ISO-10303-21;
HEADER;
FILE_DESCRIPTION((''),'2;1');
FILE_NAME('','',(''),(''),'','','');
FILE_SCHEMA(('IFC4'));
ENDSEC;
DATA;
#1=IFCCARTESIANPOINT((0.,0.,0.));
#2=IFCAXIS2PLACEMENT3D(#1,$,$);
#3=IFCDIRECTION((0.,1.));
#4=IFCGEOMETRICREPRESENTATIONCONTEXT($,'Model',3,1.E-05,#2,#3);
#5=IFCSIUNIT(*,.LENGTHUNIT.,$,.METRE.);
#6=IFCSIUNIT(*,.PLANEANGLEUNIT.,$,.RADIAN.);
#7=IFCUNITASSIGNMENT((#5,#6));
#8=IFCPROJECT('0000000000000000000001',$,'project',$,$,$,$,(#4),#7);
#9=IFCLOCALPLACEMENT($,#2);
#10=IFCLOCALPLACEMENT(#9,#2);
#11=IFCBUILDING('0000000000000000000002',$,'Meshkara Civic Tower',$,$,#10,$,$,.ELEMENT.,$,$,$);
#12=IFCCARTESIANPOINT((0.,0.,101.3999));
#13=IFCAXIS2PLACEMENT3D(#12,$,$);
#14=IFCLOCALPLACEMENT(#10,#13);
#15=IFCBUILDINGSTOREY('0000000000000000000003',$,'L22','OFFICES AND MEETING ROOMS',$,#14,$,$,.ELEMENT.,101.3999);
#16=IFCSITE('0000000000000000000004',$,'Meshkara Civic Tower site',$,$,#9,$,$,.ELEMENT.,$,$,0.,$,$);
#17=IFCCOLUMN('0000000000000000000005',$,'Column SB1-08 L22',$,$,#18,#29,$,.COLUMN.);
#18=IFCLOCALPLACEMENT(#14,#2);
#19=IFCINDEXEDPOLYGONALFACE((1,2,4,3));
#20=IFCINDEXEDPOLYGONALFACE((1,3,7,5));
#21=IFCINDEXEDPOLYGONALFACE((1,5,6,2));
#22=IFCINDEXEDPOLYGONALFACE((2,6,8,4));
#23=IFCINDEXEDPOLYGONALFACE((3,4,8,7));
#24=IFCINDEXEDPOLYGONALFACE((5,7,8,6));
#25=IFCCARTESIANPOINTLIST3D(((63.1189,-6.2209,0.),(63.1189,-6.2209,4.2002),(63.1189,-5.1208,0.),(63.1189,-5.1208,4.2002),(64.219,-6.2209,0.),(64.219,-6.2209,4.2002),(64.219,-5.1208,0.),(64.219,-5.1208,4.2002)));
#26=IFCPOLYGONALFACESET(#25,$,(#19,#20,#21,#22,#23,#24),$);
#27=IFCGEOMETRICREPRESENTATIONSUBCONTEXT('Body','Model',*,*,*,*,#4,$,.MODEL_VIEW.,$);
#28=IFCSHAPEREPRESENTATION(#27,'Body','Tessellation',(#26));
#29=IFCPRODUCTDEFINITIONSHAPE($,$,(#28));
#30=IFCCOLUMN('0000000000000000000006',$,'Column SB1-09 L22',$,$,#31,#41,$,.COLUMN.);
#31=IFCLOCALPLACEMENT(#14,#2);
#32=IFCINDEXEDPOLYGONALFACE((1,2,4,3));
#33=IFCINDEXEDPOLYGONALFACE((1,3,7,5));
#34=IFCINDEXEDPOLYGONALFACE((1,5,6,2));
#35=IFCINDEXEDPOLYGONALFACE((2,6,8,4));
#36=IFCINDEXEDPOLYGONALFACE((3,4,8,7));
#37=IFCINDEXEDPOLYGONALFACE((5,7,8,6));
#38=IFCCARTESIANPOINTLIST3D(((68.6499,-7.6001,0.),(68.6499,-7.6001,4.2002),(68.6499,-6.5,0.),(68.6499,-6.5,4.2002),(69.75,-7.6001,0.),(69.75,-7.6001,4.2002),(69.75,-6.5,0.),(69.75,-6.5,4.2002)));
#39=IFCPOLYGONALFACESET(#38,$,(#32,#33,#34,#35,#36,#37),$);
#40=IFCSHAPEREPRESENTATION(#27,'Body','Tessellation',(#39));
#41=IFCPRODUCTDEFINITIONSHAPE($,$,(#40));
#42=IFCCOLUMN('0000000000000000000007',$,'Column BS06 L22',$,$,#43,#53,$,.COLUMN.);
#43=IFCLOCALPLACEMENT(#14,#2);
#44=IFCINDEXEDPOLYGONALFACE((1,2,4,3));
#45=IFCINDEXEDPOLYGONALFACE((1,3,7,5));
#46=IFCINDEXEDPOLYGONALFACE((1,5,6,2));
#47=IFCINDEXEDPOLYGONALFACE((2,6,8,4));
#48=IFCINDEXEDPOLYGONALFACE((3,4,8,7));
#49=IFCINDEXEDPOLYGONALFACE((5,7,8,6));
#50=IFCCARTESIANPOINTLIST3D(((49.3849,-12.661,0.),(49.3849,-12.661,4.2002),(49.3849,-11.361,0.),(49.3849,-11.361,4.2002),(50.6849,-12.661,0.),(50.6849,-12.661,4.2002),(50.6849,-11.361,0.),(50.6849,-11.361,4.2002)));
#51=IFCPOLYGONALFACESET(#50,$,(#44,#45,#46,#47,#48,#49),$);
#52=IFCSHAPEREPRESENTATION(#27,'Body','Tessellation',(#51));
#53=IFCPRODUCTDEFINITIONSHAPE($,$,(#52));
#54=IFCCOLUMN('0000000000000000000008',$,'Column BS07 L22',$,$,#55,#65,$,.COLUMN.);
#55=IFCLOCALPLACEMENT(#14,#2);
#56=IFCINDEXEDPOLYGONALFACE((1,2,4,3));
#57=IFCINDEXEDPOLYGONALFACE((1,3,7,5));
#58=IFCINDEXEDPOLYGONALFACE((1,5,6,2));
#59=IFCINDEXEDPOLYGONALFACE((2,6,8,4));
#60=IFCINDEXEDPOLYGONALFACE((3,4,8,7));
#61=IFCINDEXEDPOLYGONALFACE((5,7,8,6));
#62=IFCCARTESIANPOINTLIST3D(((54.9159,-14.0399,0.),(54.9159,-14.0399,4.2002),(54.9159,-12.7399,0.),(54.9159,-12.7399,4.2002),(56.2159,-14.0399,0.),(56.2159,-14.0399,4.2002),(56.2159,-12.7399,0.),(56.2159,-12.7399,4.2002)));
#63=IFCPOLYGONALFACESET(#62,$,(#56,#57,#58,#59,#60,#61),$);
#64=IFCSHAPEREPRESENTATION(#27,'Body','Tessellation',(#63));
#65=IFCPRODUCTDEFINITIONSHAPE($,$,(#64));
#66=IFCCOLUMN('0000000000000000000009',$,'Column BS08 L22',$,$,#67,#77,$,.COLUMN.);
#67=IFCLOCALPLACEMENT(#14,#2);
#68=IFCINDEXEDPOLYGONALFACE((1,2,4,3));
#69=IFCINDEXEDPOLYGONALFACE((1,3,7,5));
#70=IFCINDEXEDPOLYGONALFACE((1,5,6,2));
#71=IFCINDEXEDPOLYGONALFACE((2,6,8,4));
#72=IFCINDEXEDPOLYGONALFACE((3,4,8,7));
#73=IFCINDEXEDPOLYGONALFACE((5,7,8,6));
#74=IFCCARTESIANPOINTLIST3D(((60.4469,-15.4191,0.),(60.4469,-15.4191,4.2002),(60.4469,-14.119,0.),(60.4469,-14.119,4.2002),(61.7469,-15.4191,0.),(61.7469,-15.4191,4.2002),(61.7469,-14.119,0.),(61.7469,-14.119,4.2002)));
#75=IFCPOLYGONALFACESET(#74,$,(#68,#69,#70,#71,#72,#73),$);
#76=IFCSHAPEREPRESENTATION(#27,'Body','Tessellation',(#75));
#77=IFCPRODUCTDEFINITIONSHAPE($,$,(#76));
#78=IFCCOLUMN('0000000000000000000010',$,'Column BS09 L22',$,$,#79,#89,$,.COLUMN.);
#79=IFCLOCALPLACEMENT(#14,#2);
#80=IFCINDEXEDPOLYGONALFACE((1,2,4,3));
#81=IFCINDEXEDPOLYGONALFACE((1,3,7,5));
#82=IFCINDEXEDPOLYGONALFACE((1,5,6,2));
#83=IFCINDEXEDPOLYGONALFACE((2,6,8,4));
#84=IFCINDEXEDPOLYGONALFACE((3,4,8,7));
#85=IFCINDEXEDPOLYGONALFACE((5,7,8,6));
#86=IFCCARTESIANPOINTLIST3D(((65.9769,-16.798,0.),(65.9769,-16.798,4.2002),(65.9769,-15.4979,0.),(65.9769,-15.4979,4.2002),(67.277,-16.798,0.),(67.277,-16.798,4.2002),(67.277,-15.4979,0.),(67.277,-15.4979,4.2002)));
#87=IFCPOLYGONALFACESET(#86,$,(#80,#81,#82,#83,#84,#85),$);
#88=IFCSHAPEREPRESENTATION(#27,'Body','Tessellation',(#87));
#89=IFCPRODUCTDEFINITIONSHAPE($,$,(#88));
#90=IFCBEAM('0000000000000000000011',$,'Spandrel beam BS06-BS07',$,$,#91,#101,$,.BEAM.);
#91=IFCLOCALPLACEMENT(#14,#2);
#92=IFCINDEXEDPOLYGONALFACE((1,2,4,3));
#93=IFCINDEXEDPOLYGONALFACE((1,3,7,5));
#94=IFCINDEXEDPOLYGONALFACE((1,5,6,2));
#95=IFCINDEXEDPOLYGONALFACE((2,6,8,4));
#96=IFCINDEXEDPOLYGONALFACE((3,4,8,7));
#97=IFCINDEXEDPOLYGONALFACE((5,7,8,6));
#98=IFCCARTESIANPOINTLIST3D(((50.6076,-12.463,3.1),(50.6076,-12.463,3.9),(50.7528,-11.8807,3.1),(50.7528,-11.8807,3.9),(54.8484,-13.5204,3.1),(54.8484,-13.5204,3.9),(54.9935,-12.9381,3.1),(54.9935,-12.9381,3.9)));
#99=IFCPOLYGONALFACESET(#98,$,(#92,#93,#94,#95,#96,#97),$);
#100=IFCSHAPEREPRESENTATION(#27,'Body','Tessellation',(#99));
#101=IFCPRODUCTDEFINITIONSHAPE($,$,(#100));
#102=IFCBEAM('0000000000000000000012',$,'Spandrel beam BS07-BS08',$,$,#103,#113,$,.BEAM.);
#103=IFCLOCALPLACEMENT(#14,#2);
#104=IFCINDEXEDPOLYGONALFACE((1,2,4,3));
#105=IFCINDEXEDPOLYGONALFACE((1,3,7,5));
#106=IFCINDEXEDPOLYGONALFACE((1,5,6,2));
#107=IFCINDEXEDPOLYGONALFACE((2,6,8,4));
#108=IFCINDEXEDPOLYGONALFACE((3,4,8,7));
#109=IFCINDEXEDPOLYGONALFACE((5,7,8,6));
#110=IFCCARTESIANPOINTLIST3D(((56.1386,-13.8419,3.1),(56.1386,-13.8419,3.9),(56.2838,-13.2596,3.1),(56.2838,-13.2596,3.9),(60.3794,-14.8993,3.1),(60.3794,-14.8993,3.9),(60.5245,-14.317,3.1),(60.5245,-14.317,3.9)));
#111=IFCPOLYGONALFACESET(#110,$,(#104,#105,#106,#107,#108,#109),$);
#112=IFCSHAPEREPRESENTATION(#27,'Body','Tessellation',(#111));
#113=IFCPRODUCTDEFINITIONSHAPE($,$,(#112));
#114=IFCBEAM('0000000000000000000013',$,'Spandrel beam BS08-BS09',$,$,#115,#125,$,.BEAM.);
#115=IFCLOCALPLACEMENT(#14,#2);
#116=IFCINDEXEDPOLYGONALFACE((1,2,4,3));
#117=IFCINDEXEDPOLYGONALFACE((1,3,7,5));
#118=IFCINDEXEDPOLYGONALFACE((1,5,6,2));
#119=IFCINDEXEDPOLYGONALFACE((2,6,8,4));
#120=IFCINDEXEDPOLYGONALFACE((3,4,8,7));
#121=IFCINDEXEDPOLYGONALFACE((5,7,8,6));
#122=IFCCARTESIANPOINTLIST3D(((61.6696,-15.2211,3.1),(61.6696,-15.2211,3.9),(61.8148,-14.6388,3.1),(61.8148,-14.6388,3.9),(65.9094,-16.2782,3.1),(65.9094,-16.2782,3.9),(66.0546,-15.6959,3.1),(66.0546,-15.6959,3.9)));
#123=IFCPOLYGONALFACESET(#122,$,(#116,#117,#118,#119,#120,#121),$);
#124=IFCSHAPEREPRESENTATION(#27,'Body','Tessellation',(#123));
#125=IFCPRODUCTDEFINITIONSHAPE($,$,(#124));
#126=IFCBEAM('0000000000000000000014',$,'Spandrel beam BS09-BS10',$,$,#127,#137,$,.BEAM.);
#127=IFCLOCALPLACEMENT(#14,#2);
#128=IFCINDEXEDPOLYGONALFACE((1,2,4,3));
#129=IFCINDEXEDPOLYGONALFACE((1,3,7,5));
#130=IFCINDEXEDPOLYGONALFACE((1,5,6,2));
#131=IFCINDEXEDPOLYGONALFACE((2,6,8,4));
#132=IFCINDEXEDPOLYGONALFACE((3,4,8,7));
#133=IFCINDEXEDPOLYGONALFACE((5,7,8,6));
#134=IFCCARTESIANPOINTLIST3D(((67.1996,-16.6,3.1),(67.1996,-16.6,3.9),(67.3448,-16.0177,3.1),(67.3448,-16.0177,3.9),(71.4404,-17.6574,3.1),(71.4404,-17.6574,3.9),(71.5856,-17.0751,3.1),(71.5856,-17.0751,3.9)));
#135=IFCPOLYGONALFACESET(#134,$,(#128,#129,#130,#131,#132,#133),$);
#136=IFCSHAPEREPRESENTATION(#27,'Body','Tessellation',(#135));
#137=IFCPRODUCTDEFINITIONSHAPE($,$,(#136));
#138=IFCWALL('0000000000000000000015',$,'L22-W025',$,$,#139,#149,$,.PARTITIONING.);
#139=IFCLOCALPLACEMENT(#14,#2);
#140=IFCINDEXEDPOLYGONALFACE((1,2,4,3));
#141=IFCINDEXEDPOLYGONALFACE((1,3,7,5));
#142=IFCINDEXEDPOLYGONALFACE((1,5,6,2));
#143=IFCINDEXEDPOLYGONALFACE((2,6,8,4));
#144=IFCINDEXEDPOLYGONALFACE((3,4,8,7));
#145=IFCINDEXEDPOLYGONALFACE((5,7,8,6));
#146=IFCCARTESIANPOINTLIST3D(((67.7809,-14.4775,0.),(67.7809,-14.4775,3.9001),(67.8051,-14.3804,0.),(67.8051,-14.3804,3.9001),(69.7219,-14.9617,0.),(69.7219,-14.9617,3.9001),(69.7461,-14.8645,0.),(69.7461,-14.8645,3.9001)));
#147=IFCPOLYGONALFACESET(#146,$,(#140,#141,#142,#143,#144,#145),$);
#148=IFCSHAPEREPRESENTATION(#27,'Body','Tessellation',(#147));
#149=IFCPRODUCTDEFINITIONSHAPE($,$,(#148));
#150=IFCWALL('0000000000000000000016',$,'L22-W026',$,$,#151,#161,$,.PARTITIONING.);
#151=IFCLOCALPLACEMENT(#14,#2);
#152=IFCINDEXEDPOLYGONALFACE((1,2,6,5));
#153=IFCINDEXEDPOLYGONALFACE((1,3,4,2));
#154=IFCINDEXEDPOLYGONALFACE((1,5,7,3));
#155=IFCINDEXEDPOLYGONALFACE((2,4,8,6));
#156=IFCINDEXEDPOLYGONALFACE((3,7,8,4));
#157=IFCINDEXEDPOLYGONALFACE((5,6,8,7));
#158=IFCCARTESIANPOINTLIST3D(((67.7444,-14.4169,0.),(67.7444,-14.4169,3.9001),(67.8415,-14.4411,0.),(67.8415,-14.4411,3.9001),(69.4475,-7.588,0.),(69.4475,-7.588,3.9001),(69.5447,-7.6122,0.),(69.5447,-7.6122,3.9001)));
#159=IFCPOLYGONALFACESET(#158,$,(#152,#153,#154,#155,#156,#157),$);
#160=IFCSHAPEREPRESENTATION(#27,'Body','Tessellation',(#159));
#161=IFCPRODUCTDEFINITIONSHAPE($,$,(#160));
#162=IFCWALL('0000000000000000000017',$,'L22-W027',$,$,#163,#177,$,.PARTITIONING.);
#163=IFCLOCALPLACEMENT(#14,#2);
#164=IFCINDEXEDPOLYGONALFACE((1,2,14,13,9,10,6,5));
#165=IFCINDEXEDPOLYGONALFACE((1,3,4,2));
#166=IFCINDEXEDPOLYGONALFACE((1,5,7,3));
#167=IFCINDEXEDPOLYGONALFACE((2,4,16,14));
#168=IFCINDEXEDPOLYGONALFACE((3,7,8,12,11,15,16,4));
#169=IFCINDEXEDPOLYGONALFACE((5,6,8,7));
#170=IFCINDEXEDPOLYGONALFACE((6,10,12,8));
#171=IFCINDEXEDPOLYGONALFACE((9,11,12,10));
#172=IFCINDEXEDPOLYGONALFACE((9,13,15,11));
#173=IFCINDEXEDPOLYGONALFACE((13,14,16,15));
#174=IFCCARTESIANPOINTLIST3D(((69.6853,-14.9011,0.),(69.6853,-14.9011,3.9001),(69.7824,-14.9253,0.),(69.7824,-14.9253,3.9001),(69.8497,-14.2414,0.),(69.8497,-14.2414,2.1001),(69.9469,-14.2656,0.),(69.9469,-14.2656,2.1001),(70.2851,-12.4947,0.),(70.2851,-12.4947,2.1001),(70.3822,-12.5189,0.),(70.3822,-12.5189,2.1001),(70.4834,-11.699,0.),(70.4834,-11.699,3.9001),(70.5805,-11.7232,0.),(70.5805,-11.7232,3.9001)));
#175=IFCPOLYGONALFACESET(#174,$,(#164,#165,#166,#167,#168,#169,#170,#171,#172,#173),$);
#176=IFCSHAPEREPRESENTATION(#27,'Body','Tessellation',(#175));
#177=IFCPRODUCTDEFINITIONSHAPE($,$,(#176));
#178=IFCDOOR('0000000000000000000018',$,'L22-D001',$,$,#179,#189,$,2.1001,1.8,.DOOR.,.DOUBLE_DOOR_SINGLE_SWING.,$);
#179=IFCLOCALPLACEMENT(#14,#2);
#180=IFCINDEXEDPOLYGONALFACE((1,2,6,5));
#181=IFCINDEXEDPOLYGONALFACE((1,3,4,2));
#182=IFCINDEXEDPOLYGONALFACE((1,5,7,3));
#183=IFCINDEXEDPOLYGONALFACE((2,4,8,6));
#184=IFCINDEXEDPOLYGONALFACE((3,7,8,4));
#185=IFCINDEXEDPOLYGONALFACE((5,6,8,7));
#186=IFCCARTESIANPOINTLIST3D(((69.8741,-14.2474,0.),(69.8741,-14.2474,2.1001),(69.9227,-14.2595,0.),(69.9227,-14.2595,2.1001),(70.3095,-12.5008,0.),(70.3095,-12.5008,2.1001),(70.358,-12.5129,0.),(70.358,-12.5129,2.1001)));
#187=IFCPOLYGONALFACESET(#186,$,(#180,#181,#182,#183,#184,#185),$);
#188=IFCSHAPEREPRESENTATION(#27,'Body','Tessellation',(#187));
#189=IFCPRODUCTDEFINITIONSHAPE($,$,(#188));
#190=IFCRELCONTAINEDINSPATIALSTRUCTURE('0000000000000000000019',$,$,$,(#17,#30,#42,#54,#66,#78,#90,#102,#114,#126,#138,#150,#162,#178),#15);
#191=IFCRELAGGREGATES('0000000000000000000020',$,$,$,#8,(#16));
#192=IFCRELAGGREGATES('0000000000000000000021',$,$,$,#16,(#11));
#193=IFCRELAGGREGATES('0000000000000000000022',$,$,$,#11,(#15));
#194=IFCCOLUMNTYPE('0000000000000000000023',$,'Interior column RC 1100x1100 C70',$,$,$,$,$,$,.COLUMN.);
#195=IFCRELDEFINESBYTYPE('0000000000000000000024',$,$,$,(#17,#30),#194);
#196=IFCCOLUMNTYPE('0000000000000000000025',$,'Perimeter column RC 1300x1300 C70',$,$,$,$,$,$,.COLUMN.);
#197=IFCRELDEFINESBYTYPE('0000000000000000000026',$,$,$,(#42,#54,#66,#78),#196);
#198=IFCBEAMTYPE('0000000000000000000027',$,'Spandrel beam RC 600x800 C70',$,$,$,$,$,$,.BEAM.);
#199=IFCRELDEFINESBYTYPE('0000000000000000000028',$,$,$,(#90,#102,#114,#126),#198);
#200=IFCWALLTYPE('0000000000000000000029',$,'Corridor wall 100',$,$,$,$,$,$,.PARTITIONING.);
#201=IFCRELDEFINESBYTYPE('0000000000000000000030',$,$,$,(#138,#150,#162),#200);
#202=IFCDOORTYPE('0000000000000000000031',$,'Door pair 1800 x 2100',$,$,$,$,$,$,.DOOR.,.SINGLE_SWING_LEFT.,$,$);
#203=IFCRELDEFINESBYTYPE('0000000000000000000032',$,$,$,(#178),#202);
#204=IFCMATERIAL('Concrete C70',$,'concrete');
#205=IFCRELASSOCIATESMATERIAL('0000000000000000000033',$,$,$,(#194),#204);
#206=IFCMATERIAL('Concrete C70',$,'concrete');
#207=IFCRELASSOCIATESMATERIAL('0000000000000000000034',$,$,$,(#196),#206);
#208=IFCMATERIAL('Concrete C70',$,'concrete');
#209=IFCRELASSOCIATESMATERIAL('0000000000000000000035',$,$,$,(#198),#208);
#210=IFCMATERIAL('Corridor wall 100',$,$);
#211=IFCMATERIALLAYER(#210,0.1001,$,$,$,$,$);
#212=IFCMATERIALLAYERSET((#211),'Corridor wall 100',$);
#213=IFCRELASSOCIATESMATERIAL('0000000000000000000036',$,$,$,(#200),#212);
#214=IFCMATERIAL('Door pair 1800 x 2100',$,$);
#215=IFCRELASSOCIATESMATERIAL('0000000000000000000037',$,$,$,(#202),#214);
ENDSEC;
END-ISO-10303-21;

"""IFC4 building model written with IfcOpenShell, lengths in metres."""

from ifc_helpers import new_model, si_unit, direction, frame, frame_2d, origin, origin_2d, place, context, subcontext, project, spatial, rectangle, extrude, material, layer, layer_set, material_profile, profile_set, type_object, element, fill, save


model = new_model("IFC4")

# Units and contexts
model_context = context("Model", 3, precision=1e-05, world=origin(), true_north=direction((0.0, 1.0)))
body_context = subcontext(model_context, "Body", "Model", "MODEL_VIEW")
ifc_project = project(units=[si_unit("LENGTHUNIT", "METRE"), si_unit("PLANEANGLEUNIT", "RADIAN")], contexts=[model_context])

# Site, building, storey
site_placement = place(None, origin())
site = spatial("IfcSite", under=ifc_project, at=site_placement, Name="Meshkara Civic Tower site", CompositionType="ELEMENT", RefElevation=0.0)
building_placement = place(site_placement, origin())
building = spatial("IfcBuilding", under=site, at=building_placement, Name="Meshkara Civic Tower", CompositionType="ELEMENT")
storey_placement = place(building_placement, frame((0.0, 0.0, 101.3999)))
storey = spatial("IfcBuildingStorey", under=building, at=storey_placement, Name="L22", Description="OFFICES AND MEETING ROOMS", CompositionType="ELEMENT", Elevation=101.3999)

# Columns
ifc_material_1 = material(Name="Concrete C70", Category="concrete")
ifc_material_profile_1 = material_profile(ifc_material_1, rectangle(XDim=1.1001, YDim=1.1001, at=origin_2d()))
ifc_profile_set_1 = profile_set([ifc_material_profile_1], Name="Concrete C70")
column_type_1 = type_object("IfcColumnType", Name="Interior column RC 1100x1100 C70", PredefinedType="COLUMN", material=ifc_profile_set_1)
for number, where, z_axis, x_axis, name in (
    (1, (63.6689, -5.6709, 0.0), (0.0, 0.0, 1.0), (1.0, 0.0, 0.0), "Column SB1-08 L22"),
    (2, (69.2, -7.05, 0.0), (0.0, 0.0, 1.0), (1.0, 0.0, 0.0), "Column SB1-09 L22"),
):
    element("IfcColumn", number, at=place(storey_placement, frame(where, z_axis=z_axis, x_axis=x_axis)), inside=storey, type_object=column_type_1, Name=name, PredefinedType="COLUMN", context=body_context, shape_type="SweptSolid", body=[
        extrude(rectangle(XDim=1.1001, YDim=1.1001, at=origin_2d()), origin(), (0.0, 0.0, 1.0), 4.2002),
    ])
ifc_material_2 = material(Name="Concrete C70", Category="concrete")
ifc_material_profile_2 = material_profile(ifc_material_2, rectangle(XDim=1.3, YDim=1.3, at=origin_2d()))
ifc_profile_set_2 = profile_set([ifc_material_profile_2], Name="Concrete C70")
column_type_2 = type_object("IfcColumnType", Name="Perimeter column RC 1300x1300 C70", PredefinedType="COLUMN", material=ifc_profile_set_2)
for number, where, z_axis, x_axis, name in (
    (3, (50.0349, -12.011, 0.0), (0.0, 0.0, 1.0), (1.0, 0.0, 0.0), "Column BS06 L22"),
    (4, (55.5659, -13.3899, 0.0), (0.0, 0.0, 1.0), (1.0, 0.0, 0.0), "Column BS07 L22"),
    (5, (61.0969, -14.769, 0.0), (0.0, 0.0, 1.0), (1.0, 0.0, 0.0), "Column BS08 L22"),
    (6, (66.627, -16.1479, 0.0), (0.0, 0.0, 1.0), (1.0, 0.0, 0.0), "Column BS09 L22"),
):
    element("IfcColumn", number, at=place(storey_placement, frame(where, z_axis=z_axis, x_axis=x_axis)), inside=storey, type_object=column_type_2, Name=name, PredefinedType="COLUMN", context=body_context, shape_type="SweptSolid", body=[
        extrude(rectangle(XDim=1.3, YDim=1.3, at=origin_2d()), origin(), (0.0, 0.0, 1.0), 4.2002),
    ])

# Beams
ifc_material_3 = material(Name="Concrete C70", Category="concrete")
ifc_material_profile_3 = material_profile(ifc_material_3, rectangle(XDim=0.6001, YDim=0.8, at=origin_2d()))
ifc_profile_set_3 = profile_set([ifc_material_profile_3], Name="Concrete C70")
beam_type = type_object("IfcBeamType", Name="Spandrel beam RC 600x800 C70", PredefinedType="BEAM", material=ifc_profile_set_3)
for number, where, z_axis, x_axis, name in (
    (7, (50.6802, -12.1719, 3.5), (0.970293, -0.241931, 0.0), (0.241931, 0.970293, 0.0), "Spandrel beam BS06-BS07"),
    (8, (56.2112, -13.5508, 3.5), (0.970293, -0.241931, 0.0), (0.241931, 0.970293, 0.0), "Spandrel beam BS07-BS08"),
):
    element("IfcBeam", number, at=place(storey_placement, frame(where, z_axis=z_axis, x_axis=x_axis)), inside=storey, type_object=beam_type, Name=name, PredefinedType="BEAM", context=body_context, shape_type="SweptSolid", body=[
        extrude(rectangle(XDim=0.6001, YDim=0.8, at=origin_2d()), origin(), (0.0, 0.0, 1.0), 4.3706),
    ])
beam_1_placement = place(storey_placement, frame((61.7422, -14.9299, 3.5), z_axis=(0.970293, -0.241931, 0.0), x_axis=(0.241931, 0.970293, 0.0)))
element("IfcBeam", 9, at=beam_1_placement, inside=storey, type_object=beam_type, Name="Spandrel beam BS08-BS09", PredefinedType="BEAM", context=body_context, shape_type="SweptSolid", body=[
    extrude(rectangle(XDim=0.6001, YDim=0.8, at=origin_2d()), origin(), (0.0, 0.0, 1.0), 4.3696),
])
beam_2_placement = place(storey_placement, frame((67.2722, -16.3088, 3.5), z_axis=(0.970293, -0.241931, 0.0), x_axis=(0.241931, 0.970293, 0.0)))
element("IfcBeam", 10, at=beam_2_placement, inside=storey, type_object=beam_type, Name="Spandrel beam BS09-BS10", PredefinedType="BEAM", context=body_context, shape_type="SweptSolid", body=[
    extrude(rectangle(XDim=0.6001, YDim=0.8, at=origin_2d()), origin(), (0.0, 0.0, 1.0), 4.3706),
])

# Walls
ifc_material_4 = material(Name="Corridor wall 100")
ifc_layer_1 = layer(ifc_material_4, 0.1001)
ifc_layer_set_1 = layer_set([ifc_layer_1], Name="Corridor wall 100")
wall_type_1 = type_object("IfcWallType", Name="Corridor wall 100", PredefinedType="PARTITIONING", material=ifc_layer_set_1)
wall_1_placement = place(storey_placement, frame((67.793, -14.429, 0.0), z_axis=(0.0, 0.0, 1.0), x_axis=(0.970272, -0.242019, 0.0)))
element("IfcWall", 11, at=wall_1_placement, inside=storey, type_object=wall_type_1, Name="L22-W025", PredefinedType="PARTITIONING", context=body_context, shape_type="SweptSolid", body=[
    extrude(rectangle(XDim=2.0005, YDim=0.1001, at=frame_2d((1.0002, 0.0))), origin(), (0.0, 0.0, 1.0), 3.9001),
])
wall_2_placement = place(storey_placement, frame((69.4961, -7.6001, 0.0), z_axis=(0.0, 0.0, 1.0), x_axis=(-0.241989, -0.970279, 0.0)))
element("IfcWall", 12, at=wall_2_placement, inside=storey, type_object=wall_type_1, Name="L22-W026", PredefinedType="PARTITIONING", context=body_context, shape_type="SweptSolid", body=[
    extrude(rectangle(XDim=7.0381, YDim=0.1001, at=frame_2d((3.519, 0.0))), origin(), (0.0, 0.0, 1.0), 3.9001),
])

# Wall, opening, door
wall_3_placement = place(storey_placement, frame((69.7339, -14.9131, 0.0), z_axis=(0.0, 0.0, 1.0), x_axis=(0.241839, 0.970316, 0.0)))
wall_3 = element("IfcWall", 13, at=wall_3_placement, inside=storey, type_object=wall_type_1, Name="L22-W027", PredefinedType="PARTITIONING", context=body_context, shape_type="SweptSolid", body=[
    extrude(rectangle(XDim=3.3, YDim=0.1001, at=frame_2d((1.6499, 0.0))), origin(), (0.0, 0.0, 1.0), 3.9001),
])
opening_1_placement = place(wall_3_placement, frame((0.6799, 0.0, 0.0)))
opening_1 = element("IfcOpeningElement", 14, at=opening_1_placement, cuts=wall_3, PredefinedType="OPENING", context=body_context, shape_type="SweptSolid", body=[
    extrude(rectangle(XDim=1.8, YDim=2.1001, at=frame_2d((0.8999, 1.05))), frame((0.0, 0.0601, 0.0), z_axis=(0.0, -1.0, 0.0), x_axis=(1.0, 0.0, 0.0)), (0.0, 0.0, 1.0), 0.1201),
])
ifc_material_5 = material(Name="Door pair 1800 x 2100")
door_type = type_object("IfcDoorType", Name="Door pair 1800 x 2100", OperationType="SINGLE_SWING_LEFT", PredefinedType="DOOR", material=ifc_material_5)
door_placement = place(opening_1_placement, origin())
door = element("IfcDoor", 15, at=door_placement, inside=storey, type_object=door_type, Name="L22-D001", OperationType="DOUBLE_DOOR_SINGLE_SWING", OverallHeight=2.1001, OverallWidth=1.8, PredefinedType="DOOR", context=body_context, shape_type="SweptSolid", body=[
    extrude(rectangle(XDim=1.8, YDim=2.1001, at=frame_2d((0.8999, 1.05))), frame((0.0, 0.0249, 0.0), z_axis=(0.0, -1.0, 0.0), x_axis=(1.0, 0.0, 0.0)), (0.0, 0.0, 1.0), 0.05),
])
fill(opening_1, door)

save(model, "model.ifc")
